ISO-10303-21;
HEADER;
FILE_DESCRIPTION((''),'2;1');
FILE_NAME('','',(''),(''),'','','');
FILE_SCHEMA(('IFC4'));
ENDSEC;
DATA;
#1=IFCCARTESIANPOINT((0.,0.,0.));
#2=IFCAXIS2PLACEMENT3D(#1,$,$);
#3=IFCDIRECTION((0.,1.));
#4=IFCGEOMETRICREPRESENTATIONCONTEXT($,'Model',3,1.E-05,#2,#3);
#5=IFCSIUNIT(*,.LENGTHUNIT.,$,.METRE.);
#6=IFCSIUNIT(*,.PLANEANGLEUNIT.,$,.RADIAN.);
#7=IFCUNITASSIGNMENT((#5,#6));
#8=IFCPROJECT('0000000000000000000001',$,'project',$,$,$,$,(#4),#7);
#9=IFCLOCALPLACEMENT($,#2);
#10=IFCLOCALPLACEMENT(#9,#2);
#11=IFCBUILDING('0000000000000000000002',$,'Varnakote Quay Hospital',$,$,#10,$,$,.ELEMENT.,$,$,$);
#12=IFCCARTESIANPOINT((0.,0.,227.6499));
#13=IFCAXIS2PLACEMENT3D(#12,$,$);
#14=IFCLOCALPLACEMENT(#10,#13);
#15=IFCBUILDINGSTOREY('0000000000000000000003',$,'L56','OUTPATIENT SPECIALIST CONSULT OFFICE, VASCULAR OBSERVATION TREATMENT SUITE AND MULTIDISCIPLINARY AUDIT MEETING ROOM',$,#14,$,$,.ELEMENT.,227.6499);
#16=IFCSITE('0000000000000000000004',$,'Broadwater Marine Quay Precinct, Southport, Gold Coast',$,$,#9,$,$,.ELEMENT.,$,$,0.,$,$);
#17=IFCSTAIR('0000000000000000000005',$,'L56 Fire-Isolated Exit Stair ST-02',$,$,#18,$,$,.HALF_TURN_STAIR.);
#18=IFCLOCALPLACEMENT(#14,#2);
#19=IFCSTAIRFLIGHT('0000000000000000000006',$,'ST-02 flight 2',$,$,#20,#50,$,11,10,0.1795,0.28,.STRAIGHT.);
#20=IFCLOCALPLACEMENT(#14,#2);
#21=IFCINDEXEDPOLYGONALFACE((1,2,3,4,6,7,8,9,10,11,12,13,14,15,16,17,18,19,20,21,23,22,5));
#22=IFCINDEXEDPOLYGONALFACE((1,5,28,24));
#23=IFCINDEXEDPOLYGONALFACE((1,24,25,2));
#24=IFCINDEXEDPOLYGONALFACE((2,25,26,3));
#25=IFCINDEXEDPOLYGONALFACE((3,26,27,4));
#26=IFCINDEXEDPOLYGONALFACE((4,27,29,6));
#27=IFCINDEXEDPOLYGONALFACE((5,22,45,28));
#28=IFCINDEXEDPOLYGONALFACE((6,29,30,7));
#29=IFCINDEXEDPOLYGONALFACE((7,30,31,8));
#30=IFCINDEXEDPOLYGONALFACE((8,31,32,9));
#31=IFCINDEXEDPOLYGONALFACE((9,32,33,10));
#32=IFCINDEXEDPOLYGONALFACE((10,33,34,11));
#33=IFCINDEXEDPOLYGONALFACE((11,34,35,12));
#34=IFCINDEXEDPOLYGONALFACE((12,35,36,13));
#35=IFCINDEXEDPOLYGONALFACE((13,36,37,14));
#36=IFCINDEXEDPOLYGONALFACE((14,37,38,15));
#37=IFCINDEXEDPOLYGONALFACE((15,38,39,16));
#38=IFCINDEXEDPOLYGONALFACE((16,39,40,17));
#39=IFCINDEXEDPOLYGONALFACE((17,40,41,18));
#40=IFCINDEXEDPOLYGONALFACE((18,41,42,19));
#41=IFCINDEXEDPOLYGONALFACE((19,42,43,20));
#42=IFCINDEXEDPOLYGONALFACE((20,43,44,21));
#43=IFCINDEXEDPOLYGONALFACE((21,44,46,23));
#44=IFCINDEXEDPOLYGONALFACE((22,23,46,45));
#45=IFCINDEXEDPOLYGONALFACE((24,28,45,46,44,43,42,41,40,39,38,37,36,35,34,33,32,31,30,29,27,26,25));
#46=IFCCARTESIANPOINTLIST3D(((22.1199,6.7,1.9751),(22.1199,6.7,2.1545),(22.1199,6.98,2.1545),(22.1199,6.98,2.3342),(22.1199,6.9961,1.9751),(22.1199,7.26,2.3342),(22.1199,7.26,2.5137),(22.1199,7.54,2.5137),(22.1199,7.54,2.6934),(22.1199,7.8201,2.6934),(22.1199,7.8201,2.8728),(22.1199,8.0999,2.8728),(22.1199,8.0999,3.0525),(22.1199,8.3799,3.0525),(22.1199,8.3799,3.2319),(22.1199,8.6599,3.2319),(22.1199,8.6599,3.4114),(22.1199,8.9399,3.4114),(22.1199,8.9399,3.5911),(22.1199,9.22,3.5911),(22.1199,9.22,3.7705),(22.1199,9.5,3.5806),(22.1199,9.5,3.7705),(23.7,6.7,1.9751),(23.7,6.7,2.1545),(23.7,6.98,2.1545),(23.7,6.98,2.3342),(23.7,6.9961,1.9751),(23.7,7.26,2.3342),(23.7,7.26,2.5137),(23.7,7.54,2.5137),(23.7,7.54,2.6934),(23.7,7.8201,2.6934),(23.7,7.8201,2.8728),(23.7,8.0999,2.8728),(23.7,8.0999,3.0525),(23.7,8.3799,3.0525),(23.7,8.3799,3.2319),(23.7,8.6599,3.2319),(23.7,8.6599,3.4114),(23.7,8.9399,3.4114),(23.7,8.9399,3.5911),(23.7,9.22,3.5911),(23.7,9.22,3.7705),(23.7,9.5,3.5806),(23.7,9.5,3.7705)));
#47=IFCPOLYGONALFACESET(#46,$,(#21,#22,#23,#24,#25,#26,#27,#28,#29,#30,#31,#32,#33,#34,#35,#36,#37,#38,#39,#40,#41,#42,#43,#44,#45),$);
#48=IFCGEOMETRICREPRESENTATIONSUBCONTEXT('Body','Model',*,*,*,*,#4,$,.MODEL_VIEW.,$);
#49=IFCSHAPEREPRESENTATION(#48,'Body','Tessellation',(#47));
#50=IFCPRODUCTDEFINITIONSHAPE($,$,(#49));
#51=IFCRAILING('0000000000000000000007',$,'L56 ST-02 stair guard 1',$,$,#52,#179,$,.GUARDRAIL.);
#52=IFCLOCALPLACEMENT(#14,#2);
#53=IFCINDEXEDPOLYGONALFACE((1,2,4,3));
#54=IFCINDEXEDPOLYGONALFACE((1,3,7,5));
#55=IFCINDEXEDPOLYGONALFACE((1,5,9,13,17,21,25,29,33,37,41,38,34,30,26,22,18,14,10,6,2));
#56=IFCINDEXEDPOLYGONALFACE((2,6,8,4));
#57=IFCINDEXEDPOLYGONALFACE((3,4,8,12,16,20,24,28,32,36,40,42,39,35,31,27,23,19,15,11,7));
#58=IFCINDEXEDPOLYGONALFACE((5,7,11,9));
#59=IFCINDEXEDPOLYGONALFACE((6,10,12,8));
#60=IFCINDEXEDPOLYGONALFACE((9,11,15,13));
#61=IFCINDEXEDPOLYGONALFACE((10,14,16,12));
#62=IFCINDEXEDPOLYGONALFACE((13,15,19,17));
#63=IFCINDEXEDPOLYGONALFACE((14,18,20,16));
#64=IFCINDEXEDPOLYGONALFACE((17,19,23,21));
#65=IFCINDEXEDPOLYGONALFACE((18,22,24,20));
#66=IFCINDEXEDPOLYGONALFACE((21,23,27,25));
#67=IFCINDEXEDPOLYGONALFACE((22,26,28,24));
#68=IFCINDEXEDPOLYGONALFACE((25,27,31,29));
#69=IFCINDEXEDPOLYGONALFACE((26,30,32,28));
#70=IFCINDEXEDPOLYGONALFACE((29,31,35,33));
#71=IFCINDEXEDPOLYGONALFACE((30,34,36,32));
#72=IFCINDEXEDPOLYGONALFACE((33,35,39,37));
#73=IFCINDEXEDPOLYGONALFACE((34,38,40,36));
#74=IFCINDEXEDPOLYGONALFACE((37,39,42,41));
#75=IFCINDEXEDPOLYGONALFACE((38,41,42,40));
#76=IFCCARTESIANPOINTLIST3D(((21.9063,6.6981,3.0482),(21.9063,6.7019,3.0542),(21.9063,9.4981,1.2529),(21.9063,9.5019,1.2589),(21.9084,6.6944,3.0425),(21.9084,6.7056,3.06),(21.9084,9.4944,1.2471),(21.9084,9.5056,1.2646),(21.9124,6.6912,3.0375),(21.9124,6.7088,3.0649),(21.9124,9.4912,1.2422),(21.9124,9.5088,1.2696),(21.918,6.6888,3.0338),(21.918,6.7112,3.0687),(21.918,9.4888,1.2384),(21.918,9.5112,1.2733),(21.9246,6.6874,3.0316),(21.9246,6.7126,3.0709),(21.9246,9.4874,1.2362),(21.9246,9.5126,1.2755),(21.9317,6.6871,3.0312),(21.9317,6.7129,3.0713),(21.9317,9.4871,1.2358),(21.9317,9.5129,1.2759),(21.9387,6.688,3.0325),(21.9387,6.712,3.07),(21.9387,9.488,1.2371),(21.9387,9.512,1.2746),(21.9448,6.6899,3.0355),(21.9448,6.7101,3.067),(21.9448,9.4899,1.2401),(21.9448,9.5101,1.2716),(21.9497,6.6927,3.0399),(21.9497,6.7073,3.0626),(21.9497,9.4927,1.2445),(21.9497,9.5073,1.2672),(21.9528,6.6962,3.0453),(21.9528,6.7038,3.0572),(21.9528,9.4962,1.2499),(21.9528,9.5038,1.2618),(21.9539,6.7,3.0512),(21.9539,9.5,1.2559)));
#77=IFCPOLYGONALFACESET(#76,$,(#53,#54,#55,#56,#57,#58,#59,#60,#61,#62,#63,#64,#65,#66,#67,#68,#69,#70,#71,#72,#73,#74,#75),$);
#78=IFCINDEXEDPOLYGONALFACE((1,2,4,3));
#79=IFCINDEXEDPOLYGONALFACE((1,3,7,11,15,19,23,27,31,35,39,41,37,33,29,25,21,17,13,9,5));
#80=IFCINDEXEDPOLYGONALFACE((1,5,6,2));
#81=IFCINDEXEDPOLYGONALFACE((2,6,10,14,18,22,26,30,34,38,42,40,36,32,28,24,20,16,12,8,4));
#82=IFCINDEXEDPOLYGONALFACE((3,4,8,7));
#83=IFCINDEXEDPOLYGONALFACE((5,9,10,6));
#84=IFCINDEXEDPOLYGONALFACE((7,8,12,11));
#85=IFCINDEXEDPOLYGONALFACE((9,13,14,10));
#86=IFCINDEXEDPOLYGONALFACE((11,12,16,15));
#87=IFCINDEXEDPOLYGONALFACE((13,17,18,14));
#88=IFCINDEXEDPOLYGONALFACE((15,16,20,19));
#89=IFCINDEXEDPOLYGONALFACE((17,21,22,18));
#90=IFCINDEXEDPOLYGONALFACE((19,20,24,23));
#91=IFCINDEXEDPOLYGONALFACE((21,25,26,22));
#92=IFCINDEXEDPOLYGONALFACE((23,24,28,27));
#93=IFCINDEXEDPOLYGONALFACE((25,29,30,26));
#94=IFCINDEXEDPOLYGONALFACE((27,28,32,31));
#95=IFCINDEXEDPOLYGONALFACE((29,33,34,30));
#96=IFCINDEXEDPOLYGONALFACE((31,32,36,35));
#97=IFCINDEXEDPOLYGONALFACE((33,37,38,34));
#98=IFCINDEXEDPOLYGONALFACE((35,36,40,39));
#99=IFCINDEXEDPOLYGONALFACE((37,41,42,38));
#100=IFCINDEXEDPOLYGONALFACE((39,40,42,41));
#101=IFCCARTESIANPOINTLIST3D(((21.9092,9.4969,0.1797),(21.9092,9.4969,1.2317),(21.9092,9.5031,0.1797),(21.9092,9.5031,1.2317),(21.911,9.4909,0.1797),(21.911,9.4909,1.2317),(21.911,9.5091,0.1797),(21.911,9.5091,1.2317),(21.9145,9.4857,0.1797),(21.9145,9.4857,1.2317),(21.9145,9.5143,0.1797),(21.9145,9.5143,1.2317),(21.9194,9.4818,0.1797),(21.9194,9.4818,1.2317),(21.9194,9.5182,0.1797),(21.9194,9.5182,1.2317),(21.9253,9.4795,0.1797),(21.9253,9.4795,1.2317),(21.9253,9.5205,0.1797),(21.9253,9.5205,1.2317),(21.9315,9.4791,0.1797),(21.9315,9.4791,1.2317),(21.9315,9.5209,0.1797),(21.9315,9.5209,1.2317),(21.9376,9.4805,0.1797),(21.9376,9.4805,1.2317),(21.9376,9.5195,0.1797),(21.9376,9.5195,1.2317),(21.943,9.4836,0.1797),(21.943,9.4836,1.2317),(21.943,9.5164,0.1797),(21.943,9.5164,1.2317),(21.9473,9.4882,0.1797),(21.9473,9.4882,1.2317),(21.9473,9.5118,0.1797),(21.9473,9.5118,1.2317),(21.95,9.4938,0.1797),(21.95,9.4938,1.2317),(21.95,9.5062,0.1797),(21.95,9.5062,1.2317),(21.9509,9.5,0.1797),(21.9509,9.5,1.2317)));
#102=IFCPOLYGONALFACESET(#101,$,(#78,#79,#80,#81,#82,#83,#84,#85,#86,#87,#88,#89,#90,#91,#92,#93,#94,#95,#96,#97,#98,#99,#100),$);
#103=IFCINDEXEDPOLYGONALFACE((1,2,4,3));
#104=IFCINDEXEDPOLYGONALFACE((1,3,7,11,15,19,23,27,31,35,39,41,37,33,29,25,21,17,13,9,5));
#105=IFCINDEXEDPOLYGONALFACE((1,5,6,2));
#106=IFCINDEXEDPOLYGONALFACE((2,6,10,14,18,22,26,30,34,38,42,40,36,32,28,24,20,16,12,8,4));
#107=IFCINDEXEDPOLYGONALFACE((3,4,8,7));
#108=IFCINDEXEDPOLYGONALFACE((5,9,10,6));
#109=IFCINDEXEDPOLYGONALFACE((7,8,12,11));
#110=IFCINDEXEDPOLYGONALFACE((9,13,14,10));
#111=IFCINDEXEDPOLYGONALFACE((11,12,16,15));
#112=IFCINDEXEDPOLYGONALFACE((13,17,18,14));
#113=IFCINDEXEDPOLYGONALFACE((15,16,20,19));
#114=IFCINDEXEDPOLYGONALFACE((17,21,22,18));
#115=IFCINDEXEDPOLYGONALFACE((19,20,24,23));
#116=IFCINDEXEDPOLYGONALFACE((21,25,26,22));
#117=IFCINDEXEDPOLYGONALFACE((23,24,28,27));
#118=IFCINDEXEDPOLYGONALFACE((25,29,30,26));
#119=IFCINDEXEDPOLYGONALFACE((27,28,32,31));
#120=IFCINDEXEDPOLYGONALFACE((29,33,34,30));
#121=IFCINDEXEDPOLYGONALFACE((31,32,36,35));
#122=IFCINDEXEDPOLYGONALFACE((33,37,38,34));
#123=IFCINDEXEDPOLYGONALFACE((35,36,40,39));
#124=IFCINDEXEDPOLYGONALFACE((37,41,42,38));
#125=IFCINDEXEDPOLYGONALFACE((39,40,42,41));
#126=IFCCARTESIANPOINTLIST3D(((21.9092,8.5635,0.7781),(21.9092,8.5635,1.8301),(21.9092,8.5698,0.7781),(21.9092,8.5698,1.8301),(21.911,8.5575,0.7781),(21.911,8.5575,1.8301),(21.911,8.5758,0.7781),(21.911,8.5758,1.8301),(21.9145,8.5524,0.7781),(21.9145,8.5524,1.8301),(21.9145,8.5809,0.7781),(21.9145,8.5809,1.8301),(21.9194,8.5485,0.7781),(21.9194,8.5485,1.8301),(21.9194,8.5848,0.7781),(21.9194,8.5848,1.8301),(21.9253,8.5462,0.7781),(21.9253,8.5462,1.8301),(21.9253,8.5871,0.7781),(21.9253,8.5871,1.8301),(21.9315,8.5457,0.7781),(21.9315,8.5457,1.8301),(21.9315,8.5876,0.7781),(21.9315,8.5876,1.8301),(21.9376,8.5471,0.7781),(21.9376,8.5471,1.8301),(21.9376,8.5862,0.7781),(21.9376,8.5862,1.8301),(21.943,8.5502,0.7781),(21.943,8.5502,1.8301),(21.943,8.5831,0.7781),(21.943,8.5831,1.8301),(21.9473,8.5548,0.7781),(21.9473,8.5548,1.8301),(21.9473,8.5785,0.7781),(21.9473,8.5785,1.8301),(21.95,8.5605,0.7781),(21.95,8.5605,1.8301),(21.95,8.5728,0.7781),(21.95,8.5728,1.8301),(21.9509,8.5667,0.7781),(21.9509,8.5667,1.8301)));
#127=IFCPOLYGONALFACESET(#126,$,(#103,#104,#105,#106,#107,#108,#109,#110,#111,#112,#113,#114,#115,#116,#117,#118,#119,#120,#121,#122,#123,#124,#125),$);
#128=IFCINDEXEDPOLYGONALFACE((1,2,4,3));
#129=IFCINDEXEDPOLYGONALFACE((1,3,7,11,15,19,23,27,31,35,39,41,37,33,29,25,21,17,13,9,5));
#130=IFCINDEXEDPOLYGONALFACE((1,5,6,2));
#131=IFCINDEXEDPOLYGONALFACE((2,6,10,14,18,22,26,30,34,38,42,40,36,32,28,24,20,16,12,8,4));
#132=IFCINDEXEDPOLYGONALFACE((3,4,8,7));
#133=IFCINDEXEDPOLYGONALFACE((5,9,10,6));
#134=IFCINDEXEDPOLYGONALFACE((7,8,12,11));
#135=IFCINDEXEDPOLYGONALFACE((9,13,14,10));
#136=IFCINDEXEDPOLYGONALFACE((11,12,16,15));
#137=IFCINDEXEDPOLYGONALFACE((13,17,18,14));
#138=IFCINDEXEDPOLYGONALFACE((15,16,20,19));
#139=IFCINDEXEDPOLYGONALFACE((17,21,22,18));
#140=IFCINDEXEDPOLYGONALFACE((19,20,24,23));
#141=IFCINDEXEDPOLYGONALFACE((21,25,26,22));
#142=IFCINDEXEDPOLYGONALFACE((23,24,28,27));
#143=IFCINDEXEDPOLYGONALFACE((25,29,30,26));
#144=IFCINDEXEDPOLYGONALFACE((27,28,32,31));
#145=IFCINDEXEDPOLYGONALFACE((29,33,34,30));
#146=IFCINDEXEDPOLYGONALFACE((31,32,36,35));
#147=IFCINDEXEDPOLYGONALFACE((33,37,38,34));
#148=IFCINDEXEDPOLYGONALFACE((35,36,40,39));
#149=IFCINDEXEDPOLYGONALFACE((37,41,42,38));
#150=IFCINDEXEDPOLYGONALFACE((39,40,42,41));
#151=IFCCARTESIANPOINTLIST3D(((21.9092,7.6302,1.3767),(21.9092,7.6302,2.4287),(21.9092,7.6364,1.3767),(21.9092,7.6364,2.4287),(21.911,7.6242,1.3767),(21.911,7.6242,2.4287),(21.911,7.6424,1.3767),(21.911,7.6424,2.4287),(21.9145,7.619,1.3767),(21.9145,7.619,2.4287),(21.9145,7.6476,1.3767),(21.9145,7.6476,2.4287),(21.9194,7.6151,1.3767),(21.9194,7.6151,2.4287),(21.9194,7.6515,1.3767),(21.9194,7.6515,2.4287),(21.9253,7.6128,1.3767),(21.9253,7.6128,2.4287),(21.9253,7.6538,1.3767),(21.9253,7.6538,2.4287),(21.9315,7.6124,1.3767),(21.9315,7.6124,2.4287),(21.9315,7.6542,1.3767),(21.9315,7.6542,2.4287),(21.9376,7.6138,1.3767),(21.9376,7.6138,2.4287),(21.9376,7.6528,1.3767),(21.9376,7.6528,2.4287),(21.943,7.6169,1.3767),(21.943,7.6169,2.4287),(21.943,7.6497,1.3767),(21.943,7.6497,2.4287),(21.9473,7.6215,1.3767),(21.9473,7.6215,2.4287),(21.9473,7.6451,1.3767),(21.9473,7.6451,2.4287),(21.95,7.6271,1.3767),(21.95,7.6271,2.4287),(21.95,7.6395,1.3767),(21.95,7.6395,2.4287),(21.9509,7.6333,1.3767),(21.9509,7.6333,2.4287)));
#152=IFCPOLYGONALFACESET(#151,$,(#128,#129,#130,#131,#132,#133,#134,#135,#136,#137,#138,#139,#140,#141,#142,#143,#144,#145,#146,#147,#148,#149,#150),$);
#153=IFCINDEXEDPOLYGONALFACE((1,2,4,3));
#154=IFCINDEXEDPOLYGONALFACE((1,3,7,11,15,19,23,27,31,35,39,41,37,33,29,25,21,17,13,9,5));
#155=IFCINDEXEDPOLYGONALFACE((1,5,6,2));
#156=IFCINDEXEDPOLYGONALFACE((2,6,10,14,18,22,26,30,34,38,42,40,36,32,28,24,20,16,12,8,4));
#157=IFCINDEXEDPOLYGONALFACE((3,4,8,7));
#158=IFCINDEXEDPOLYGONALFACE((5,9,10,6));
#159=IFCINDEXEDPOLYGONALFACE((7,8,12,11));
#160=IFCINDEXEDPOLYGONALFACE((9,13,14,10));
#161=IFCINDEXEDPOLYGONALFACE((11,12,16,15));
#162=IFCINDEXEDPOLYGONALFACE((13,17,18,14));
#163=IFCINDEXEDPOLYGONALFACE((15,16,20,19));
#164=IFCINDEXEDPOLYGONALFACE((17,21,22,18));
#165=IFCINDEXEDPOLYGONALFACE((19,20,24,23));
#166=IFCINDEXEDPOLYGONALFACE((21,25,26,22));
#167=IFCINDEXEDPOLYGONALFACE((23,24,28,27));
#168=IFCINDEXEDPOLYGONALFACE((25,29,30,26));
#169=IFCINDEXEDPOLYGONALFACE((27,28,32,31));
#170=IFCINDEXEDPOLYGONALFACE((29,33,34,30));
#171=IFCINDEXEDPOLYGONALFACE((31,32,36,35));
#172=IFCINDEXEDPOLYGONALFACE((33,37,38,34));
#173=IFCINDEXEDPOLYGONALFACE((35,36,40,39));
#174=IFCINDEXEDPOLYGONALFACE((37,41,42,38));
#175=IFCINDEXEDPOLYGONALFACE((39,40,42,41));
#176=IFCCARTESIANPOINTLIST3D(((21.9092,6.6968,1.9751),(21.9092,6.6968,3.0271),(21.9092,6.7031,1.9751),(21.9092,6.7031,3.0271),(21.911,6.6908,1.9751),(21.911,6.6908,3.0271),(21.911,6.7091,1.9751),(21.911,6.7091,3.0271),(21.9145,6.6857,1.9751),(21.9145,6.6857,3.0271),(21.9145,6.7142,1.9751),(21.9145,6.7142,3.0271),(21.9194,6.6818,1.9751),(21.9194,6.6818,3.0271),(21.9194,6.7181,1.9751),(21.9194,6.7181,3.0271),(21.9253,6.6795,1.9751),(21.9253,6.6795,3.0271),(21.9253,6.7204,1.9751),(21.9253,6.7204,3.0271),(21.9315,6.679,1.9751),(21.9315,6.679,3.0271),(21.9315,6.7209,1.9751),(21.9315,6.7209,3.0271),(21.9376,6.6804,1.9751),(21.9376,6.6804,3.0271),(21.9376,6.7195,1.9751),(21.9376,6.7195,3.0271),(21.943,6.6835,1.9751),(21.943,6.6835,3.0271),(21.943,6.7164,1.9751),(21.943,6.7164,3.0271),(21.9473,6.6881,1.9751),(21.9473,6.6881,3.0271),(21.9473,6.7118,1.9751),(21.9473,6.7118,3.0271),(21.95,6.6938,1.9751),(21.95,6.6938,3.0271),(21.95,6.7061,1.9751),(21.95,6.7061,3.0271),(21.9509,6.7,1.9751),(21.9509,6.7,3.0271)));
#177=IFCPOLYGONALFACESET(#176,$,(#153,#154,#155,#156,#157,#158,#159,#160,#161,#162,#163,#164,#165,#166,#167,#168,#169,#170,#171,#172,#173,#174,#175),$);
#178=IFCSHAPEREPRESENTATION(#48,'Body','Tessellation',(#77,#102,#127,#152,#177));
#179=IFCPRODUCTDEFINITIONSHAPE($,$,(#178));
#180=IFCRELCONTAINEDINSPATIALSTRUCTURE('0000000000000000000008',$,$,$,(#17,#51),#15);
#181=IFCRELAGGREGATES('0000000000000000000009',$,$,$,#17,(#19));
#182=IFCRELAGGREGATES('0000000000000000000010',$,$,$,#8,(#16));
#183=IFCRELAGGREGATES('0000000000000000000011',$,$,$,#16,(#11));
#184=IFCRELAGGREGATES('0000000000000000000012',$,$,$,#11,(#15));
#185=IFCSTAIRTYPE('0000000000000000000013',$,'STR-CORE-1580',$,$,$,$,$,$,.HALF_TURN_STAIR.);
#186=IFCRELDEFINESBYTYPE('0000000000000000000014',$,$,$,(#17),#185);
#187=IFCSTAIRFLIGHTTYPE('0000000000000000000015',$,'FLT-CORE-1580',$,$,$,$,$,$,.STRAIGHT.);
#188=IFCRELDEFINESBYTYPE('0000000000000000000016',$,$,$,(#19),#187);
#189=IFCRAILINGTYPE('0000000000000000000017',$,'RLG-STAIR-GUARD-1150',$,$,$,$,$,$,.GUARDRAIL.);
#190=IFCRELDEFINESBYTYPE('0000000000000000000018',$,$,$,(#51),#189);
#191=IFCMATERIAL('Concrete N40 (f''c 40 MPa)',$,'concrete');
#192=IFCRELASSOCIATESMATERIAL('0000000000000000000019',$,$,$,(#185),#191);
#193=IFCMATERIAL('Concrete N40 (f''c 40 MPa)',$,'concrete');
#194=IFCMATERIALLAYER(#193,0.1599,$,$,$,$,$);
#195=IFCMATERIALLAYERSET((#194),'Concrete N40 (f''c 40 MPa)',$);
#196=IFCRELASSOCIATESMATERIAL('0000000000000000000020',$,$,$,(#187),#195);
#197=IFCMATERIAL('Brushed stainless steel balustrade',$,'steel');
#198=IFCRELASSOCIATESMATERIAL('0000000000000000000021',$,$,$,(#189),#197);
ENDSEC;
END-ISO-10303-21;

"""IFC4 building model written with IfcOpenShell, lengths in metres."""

from ifc_helpers import new_model, si_unit, direction, frame, origin, origin_2d, place, context, subcontext, project, spatial, polyline, circle, outline, extrude, material, layer, layer_set, type_object, element, aggregate, save


model = new_model("IFC4")

# Units and contexts
model_context = context("Model", 3, precision=1e-05, world=origin(), true_north=direction((0.0, 1.0)))
body_context = subcontext(model_context, "Body", "Model", "MODEL_VIEW")
ifc_project = project(units=[si_unit("LENGTHUNIT", "METRE"), si_unit("PLANEANGLEUNIT", "RADIAN")], contexts=[model_context])

# Site, building, storey
site_placement = place(None, origin())
site = spatial("IfcSite", under=ifc_project, at=site_placement, Name="Broadwater Marine Quay Precinct, Southport, Gold Coast", CompositionType="ELEMENT", RefElevation=0.0)
building_placement = place(site_placement, origin())
building = spatial("IfcBuilding", under=site, at=building_placement, Name="Varnakote Quay Hospital", CompositionType="ELEMENT")
storey_placement = place(building_placement, frame((0.0, 0.0, 227.6499)))
storey = spatial("IfcBuildingStorey", under=building, at=storey_placement, Name="L56", Description="OUTPATIENT SPECIALIST CONSULT OFFICE, VASCULAR OBSERVATION TREATMENT SUITE AND MULTIDISCIPLINARY AUDIT MEETING ROOM", CompositionType="ELEMENT", Elevation=227.6499)

# Stair, stair flight
ifc_material_1 = material(Name="Concrete N40 (f'c 40 MPa)", Category="concrete")
stair_type = type_object("IfcStairType", Name="STR-CORE-1580", PredefinedType="HALF_TURN_STAIR", material=ifc_material_1)
stair_placement = place(storey_placement, origin())
stair = element("IfcStair", 1, at=stair_placement, inside=storey, type_object=stair_type, Name="L56 Fire-Isolated Exit Stair ST-02", PredefinedType="HALF_TURN_STAIR")
ifc_material_2 = material(Name="Concrete N40 (f'c 40 MPa)", Category="concrete")
ifc_layer_1 = layer(ifc_material_2, 0.1599)
ifc_layer_set_1 = layer_set([ifc_layer_1], Name="Concrete N40 (f'c 40 MPa)")
stair_flight_type = type_object("IfcStairFlightType", Name="FLT-CORE-1580", PredefinedType="STRAIGHT", material=ifc_layer_set_1)
stair_flight_1_placement = place(storey_placement, frame((22.9099, 6.7, 1.9751), z_axis=(0.0, 0.0, 1.0), x_axis=(0.0, 1.0, 0.0)))
stair_flight_1 = element("IfcStairFlight", 2, at=stair_flight_1_placement, type_object=stair_flight_type, Name="ST-02 flight 2", NumberOfRisers=11, NumberOfTreads=10, PredefinedType="STRAIGHT", RiserHeight=0.1795, TreadLength=0.28, context=body_context, shape_type="SweptSolid", body=[
    extrude(outline(polyline([(0.0, 0.0), (0.0, 0.1794), (0.28, 0.1794), (0.28, 0.3591), (0.5601, 0.3591), (0.5601, 0.5386), (0.8401, 0.5386), (0.8401, 0.7183), (1.1201, 0.7183), (1.1201, 0.8977), (1.3999, 0.8977), (1.3999, 1.0774), (1.6799, 1.0774), (1.6799, 1.2568), (1.96, 1.2568), (1.96, 1.4363), (2.24, 1.4363), (2.24, 1.616), (2.52, 1.616), (2.52, 1.7954), (2.8, 1.7954), (2.8, 1.9751), (2.8, 1.6055), (0.2961, 0.0), (0.0, 0.0)])), frame((0.0, 0.79, 0.0), z_axis=(0.0, -1.0, 0.0), x_axis=(1.0, 0.0, 0.0)), (0.0, 0.0, 1.0), 1.5801),
])
aggregate(stair, [stair_flight_1])

# Railing
ifc_material_3 = material(Name="Brushed stainless steel balustrade", Category="steel")
railing_type_1 = type_object("IfcRailingType", Name="RLG-STAIR-GUARD-1150", PredefinedType="GUARDRAIL", material=ifc_material_3)
railing_1_placement = place(storey_placement, frame((21.9299, 9.5, 0.1797)))
element("IfcRailing", 3, at=railing_1_placement, inside=storey, type_object=railing_type_1, Name="L56 ST-02 stair guard 1", PredefinedType="GUARDRAIL", context=body_context, shape_type="SweptSolid", body=[
    extrude(circle(Radius=0.0239, at=origin_2d()), frame((0.0, 0.0, 1.0762), z_axis=(0.0, -0.84181, 0.539774), x_axis=(1.0, 0.0, 0.0)), (0.0, 0.0, 1.0), 3.3262),
    extrude(circle(Radius=0.021, at=origin_2d()), origin(), (0.0, 0.0, 1.0), 1.052),
    extrude(circle(Radius=0.021, at=origin_2d()), frame((0.0, -0.9333, 0.5984)), (0.0, 0.0, 1.0), 1.052),
    extrude(circle(Radius=0.021, at=origin_2d()), frame((0.0, -1.8667, 1.197)), (0.0, 0.0, 1.0), 1.052),
    extrude(circle(Radius=0.021, at=origin_2d()), frame((0.0, -2.8, 1.7954)), (0.0, 0.0, 1.0), 1.052),
])

save(model, "model.ifc")
